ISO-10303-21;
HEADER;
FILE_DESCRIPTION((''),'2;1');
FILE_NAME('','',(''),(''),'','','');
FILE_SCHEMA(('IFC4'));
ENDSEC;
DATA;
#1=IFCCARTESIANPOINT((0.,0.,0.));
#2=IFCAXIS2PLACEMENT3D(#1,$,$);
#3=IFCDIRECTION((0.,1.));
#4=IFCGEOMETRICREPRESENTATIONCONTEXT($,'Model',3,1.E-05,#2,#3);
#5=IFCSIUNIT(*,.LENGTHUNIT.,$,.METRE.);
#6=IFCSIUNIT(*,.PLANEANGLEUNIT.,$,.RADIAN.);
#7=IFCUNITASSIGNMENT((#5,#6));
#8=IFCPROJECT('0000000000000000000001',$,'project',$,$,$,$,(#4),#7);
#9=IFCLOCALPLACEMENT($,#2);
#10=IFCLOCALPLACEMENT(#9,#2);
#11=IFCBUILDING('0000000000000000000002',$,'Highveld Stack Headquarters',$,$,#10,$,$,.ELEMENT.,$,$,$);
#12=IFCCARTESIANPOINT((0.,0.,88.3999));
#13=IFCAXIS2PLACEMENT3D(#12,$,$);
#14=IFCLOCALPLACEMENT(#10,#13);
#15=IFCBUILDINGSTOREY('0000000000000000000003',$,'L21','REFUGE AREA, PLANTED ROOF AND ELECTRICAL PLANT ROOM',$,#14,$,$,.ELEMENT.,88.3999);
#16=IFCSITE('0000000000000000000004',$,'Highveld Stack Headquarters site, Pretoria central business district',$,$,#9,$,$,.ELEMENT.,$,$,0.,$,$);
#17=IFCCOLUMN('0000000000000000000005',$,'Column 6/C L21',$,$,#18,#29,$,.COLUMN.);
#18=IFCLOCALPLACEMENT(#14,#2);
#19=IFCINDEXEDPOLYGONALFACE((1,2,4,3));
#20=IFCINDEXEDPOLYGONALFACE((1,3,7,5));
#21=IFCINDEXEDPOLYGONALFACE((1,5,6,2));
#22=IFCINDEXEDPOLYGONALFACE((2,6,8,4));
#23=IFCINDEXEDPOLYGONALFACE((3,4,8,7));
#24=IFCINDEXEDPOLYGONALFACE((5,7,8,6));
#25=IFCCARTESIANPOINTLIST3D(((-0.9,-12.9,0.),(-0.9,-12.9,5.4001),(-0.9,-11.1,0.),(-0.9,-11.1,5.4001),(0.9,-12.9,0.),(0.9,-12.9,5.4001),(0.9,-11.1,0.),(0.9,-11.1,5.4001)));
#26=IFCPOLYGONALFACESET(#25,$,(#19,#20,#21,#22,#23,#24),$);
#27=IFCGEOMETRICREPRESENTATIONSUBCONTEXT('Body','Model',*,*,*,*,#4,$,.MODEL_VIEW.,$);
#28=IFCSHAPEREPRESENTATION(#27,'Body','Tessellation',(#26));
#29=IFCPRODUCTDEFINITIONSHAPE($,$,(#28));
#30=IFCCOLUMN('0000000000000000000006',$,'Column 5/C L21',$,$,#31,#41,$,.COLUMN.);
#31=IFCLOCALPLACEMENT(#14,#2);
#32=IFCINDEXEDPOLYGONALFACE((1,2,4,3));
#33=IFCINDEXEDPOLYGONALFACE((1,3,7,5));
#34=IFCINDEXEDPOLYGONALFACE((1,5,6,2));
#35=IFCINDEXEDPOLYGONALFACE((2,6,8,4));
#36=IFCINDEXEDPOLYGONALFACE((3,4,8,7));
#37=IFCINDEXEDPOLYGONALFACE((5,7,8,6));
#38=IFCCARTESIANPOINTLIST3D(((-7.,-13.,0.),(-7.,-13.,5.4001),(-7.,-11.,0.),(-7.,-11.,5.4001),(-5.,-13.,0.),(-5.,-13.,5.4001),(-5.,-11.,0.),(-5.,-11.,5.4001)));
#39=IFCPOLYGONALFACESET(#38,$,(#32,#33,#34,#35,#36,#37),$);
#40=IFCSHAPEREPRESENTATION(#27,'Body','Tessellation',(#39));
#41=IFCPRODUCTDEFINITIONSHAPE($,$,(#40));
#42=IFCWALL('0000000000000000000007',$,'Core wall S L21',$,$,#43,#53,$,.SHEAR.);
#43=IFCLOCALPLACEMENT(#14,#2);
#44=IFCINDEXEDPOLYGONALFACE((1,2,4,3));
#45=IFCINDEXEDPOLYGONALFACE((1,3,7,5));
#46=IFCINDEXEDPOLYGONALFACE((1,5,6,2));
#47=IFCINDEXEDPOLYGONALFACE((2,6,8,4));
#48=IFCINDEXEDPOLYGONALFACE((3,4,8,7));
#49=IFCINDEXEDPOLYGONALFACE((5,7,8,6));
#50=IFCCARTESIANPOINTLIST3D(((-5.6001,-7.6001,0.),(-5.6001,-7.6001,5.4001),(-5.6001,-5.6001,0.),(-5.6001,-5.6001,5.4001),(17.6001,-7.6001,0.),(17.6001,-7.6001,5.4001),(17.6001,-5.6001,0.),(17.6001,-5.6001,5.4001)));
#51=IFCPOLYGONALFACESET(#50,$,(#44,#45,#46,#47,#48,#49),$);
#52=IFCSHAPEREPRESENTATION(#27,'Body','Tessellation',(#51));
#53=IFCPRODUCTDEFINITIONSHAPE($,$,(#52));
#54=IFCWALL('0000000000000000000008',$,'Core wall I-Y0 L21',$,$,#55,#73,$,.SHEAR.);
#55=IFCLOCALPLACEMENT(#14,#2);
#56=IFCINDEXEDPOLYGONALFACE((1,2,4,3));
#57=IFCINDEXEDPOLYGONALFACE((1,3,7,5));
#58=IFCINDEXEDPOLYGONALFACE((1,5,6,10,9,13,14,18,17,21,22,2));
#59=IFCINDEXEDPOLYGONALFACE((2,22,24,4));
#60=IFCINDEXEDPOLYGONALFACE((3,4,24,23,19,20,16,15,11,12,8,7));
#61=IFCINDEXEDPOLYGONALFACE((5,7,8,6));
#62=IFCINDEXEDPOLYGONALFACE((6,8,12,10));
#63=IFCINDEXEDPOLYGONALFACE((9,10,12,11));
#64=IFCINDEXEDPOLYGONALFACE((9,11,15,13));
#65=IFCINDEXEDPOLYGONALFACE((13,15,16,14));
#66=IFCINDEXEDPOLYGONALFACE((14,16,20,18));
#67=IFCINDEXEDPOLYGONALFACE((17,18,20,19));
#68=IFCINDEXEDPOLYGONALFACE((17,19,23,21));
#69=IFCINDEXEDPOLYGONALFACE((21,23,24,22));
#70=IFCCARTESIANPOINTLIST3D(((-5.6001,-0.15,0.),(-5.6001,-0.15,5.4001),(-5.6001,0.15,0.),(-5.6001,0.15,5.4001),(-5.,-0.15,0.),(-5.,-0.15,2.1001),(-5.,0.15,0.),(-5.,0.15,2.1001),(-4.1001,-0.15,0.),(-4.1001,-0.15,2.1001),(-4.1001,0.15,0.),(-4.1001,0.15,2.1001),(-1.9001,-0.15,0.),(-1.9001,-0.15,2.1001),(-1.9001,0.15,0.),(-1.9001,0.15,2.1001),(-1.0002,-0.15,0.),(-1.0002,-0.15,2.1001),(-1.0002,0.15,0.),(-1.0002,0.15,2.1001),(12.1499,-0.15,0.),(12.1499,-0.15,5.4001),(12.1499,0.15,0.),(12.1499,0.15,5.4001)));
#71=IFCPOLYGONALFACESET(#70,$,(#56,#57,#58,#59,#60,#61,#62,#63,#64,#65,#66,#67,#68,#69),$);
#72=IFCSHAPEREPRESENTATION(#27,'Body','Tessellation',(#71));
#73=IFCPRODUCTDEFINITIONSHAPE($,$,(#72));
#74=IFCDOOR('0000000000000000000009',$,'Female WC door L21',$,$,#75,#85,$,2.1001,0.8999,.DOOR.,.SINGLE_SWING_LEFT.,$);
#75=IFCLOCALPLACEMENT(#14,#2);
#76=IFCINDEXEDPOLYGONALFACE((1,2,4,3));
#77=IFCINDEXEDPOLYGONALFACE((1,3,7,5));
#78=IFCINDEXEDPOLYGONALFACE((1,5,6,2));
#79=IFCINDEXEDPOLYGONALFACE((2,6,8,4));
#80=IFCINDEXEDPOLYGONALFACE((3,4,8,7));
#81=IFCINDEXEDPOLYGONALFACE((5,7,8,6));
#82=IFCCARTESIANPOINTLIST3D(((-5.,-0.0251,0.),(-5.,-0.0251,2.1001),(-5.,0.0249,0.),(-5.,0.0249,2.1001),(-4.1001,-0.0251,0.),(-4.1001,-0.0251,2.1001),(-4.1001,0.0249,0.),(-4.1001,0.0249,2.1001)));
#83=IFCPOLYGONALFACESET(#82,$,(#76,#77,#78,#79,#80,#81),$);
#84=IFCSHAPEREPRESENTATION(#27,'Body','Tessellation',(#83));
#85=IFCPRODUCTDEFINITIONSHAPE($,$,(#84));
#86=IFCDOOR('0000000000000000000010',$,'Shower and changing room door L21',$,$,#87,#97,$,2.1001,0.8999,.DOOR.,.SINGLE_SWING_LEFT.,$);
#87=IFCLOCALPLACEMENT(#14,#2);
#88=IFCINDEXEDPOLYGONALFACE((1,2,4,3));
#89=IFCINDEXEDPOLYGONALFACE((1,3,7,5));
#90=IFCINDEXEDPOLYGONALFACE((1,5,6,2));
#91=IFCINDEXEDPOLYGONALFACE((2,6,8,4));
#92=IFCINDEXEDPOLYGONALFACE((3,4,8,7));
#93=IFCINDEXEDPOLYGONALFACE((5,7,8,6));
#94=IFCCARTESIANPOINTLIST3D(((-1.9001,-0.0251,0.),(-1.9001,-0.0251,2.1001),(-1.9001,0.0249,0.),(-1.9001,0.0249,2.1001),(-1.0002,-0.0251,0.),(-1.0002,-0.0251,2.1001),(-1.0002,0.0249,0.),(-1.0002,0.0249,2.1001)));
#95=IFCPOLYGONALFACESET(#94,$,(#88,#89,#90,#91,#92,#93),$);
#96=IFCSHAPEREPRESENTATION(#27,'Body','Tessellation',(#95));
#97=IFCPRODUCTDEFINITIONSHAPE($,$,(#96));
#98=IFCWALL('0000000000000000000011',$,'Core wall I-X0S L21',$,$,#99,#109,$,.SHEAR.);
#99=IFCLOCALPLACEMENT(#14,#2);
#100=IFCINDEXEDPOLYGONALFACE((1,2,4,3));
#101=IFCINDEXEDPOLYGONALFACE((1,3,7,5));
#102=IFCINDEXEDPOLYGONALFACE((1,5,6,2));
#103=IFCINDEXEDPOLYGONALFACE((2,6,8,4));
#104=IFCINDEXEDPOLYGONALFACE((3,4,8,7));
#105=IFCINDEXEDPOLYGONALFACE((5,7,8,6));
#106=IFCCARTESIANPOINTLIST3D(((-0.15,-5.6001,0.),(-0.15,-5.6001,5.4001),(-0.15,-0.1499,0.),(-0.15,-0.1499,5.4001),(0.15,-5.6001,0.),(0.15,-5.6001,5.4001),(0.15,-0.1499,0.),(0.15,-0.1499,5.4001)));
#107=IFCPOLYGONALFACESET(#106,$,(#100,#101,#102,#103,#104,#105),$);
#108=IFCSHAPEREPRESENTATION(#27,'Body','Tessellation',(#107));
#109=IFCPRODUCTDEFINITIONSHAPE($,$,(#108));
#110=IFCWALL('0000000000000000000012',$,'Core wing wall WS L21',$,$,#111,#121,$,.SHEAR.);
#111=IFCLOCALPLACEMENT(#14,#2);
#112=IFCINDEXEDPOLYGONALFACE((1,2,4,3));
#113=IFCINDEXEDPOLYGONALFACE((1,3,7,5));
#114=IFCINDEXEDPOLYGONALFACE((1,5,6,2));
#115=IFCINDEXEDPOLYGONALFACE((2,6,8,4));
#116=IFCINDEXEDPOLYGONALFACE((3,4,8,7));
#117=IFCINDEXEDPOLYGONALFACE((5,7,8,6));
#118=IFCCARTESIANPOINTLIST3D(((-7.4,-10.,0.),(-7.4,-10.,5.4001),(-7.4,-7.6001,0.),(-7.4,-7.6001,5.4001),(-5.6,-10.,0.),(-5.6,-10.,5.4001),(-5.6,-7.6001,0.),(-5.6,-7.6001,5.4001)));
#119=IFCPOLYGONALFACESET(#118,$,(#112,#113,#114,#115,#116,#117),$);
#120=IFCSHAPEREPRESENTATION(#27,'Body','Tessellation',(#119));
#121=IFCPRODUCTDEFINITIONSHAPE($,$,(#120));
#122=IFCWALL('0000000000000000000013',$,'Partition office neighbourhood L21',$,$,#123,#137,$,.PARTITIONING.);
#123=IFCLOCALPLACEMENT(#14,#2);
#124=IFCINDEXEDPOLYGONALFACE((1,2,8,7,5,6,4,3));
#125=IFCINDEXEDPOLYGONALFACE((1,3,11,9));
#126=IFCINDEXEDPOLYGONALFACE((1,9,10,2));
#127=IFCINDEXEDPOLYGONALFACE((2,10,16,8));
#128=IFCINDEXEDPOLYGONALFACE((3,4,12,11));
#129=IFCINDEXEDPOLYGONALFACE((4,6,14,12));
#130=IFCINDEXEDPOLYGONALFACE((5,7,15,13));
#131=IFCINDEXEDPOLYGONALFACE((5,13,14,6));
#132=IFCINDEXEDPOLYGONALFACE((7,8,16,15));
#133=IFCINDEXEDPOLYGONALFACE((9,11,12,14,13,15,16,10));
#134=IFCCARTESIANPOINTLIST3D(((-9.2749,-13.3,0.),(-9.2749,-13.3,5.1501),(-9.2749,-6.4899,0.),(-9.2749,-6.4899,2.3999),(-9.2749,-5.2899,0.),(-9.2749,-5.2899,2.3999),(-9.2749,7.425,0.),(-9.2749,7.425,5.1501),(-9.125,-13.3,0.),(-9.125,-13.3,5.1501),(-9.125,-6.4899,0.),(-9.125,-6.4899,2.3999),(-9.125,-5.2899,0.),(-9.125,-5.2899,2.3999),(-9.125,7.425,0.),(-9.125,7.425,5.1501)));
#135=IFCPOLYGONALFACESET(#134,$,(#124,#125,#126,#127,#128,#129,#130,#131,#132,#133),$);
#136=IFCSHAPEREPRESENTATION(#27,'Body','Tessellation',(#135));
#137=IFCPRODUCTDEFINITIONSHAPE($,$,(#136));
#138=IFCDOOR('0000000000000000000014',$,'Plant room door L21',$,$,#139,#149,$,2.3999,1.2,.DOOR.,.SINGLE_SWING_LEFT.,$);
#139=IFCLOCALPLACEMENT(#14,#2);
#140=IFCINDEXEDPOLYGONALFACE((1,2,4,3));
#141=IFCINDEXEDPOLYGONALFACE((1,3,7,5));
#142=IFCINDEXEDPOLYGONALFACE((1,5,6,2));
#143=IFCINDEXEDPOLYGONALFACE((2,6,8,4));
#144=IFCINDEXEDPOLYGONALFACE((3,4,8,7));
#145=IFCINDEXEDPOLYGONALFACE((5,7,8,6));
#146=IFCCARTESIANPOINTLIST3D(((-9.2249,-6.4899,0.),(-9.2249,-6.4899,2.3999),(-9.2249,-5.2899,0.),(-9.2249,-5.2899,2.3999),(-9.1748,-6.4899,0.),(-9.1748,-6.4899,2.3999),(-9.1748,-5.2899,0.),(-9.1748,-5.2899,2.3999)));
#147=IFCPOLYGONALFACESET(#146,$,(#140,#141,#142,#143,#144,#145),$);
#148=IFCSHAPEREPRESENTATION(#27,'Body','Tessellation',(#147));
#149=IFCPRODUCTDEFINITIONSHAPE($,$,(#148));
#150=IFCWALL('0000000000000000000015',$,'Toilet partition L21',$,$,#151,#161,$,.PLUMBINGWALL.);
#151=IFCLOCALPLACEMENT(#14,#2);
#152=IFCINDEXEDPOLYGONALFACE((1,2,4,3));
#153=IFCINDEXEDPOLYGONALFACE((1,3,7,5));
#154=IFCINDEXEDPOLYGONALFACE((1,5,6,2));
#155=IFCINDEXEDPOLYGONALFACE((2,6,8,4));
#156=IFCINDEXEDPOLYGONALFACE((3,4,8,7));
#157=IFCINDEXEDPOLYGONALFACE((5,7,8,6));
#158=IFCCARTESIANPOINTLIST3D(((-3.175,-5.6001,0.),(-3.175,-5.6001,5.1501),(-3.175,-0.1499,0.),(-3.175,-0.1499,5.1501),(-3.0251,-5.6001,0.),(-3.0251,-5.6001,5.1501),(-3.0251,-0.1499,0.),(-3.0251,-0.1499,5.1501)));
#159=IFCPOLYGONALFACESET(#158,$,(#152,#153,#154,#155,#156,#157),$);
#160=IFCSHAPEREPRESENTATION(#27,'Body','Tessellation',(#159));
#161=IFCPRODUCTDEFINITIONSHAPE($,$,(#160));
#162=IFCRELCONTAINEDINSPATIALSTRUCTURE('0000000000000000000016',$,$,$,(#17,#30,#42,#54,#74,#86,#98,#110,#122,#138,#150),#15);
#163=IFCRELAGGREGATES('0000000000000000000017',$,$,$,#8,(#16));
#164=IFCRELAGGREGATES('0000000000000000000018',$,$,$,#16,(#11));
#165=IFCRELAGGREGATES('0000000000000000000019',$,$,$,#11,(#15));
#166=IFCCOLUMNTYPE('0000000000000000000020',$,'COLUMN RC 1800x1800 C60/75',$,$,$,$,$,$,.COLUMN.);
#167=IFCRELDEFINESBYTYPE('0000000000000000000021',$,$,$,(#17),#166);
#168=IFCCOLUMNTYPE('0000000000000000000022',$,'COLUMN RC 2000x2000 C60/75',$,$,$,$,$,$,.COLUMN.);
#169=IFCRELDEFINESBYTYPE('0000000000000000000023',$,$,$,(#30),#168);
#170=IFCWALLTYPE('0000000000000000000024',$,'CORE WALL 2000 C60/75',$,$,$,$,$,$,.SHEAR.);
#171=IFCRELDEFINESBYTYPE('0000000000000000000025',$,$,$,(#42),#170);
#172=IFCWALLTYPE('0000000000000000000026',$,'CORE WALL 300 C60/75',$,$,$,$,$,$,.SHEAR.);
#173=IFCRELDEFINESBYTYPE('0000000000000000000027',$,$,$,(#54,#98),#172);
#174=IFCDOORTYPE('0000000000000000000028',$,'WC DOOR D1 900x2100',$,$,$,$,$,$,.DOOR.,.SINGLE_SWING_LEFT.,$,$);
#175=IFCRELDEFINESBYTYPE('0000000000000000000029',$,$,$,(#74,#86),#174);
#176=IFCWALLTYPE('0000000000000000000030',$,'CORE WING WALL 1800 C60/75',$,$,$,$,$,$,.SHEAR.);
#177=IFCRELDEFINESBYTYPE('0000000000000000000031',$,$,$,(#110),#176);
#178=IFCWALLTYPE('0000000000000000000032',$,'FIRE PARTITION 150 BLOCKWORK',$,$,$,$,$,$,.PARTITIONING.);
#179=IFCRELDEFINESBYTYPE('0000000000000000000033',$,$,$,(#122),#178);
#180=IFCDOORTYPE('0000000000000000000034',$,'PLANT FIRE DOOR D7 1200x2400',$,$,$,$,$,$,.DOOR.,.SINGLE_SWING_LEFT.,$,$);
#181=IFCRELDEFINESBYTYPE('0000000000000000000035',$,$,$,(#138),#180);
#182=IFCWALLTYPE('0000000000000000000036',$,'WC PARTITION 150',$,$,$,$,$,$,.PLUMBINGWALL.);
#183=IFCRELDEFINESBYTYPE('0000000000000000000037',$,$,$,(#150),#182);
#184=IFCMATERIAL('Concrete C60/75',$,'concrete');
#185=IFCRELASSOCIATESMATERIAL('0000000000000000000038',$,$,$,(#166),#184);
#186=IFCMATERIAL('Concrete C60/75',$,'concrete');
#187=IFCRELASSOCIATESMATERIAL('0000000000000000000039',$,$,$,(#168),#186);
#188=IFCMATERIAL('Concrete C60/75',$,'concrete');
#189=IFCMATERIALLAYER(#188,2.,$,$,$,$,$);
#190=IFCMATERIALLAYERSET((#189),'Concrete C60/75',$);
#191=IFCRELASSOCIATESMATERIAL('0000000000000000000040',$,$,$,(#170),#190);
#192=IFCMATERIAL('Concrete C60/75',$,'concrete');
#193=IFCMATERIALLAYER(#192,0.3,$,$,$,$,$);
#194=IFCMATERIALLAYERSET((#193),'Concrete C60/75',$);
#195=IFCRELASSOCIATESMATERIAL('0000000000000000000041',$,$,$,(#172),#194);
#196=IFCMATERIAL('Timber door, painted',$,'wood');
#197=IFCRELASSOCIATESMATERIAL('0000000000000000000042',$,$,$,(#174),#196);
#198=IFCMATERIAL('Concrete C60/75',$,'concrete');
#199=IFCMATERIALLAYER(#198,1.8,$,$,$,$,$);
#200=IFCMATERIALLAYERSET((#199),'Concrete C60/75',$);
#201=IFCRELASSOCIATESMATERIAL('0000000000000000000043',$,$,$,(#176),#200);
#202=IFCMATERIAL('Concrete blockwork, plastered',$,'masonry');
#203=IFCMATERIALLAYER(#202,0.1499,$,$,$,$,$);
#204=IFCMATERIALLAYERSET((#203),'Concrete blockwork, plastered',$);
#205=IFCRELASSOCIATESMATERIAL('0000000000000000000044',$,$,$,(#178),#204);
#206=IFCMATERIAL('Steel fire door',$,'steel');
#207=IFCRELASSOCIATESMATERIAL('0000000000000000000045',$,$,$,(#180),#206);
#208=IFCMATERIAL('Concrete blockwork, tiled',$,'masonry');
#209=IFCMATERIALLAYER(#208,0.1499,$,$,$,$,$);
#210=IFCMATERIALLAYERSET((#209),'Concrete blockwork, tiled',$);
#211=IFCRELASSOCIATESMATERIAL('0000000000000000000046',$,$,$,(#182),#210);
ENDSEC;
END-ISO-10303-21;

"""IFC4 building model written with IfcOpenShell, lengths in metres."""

from ifc_helpers import new_model, si_unit, direction, frame, frame_2d, origin, origin_2d, place, context, subcontext, project, spatial, rectangle, extrude, material, layer, layer_set, material_profile, profile_set, type_object, element, fill, save


model = new_model("IFC4")

# Units and contexts
model_context = context("Model", 3, precision=1e-05, world=origin(), true_north=direction((0.0, 1.0)))
body_context = subcontext(model_context, "Body", "Model", "MODEL_VIEW")
ifc_project = project(units=[si_unit("LENGTHUNIT", "METRE"), si_unit("PLANEANGLEUNIT", "RADIAN")], contexts=[model_context])

# Site, building, storey
site_placement = place(None, origin())
site = spatial("IfcSite", under=ifc_project, at=site_placement, Name="Highveld Stack Headquarters site, Pretoria central business district", CompositionType="ELEMENT", RefElevation=0.0)
building_placement = place(site_placement, origin())
building = spatial("IfcBuilding", under=site, at=building_placement, Name="Highveld Stack Headquarters", CompositionType="ELEMENT")
storey_placement = place(building_placement, frame((0.0, 0.0, 88.3999)))
storey = spatial("IfcBuildingStorey", under=building, at=storey_placement, Name="L21", Description="REFUGE AREA, PLANTED ROOF AND ELECTRICAL PLANT ROOM", CompositionType="ELEMENT", Elevation=88.3999)

# Columns
ifc_material_1 = material(Name="Concrete C60/75", Category="concrete")
ifc_material_profile_1 = material_profile(ifc_material_1, rectangle(XDim=1.8, YDim=1.8, at=origin_2d()), Name="RC 1800x1800")
ifc_profile_set_1 = profile_set([ifc_material_profile_1], Name="Concrete C60/75")
column_type_1 = type_object("IfcColumnType", Name="COLUMN RC 1800x1800 C60/75", PredefinedType="COLUMN", material=ifc_profile_set_1)
column_1_placement = place(storey_placement, frame((0.0, -12.0, 0.0), z_axis=(0.0, 0.0, 1.0), x_axis=(1.0, 0.0, 0.0)))
element("IfcColumn", 1, at=column_1_placement, inside=storey, type_object=column_type_1, Name="Column 6/C L21", PredefinedType="COLUMN", context=body_context, shape_type="SweptSolid", body=[
    extrude(rectangle(XDim=1.8, YDim=1.8, at=origin_2d()), origin(), (0.0, 0.0, 1.0), 5.4001),
])
ifc_material_2 = material(Name="Concrete C60/75", Category="concrete")
ifc_material_profile_2 = material_profile(ifc_material_2, rectangle(XDim=2.0, YDim=2.0, at=origin_2d()), Name="RC 2000x2000")
ifc_profile_set_2 = profile_set([ifc_material_profile_2], Name="Concrete C60/75")
column_type_2 = type_object("IfcColumnType", Name="COLUMN RC 2000x2000 C60/75", PredefinedType="COLUMN", material=ifc_profile_set_2)
column_2_placement = place(storey_placement, frame((-6.0, -12.0, 0.0), z_axis=(0.0, 0.0, 1.0), x_axis=(1.0, 0.0, 0.0)))
element("IfcColumn", 2, at=column_2_placement, inside=storey, type_object=column_type_2, Name="Column 5/C L21", PredefinedType="COLUMN", context=body_context, shape_type="SweptSolid", body=[
    extrude(rectangle(XDim=2.0, YDim=2.0, at=origin_2d()), origin(), (0.0, 0.0, 1.0), 5.4001),
])

# Wall
ifc_material_3 = material(Name="Concrete C60/75", Category="concrete")
ifc_layer_1 = layer(ifc_material_3, 2.0)
ifc_layer_set_1 = layer_set([ifc_layer_1], Name="Concrete C60/75")
wall_type_1 = type_object("IfcWallType", Name="CORE WALL 2000 C60/75", PredefinedType="SHEAR", material=ifc_layer_set_1)
wall_1_placement = place(storey_placement, frame((-5.6001, -6.6001, 0.0), z_axis=(0.0, 0.0, 1.0), x_axis=(1.0, 0.0, 0.0)))
element("IfcWall", 3, at=wall_1_placement, inside=storey, type_object=wall_type_1, Name="Core wall S L21", PredefinedType="SHEAR", context=body_context, shape_type="SweptSolid", body=[
    extrude(rectangle(XDim=23.2002, YDim=2.0, at=frame_2d((11.6001, 0.0))), origin(), (0.0, 0.0, 1.0), 5.4001),
])

# Wall, openings, doors
ifc_material_4 = material(Name="Concrete C60/75", Category="concrete")
ifc_layer_2 = layer(ifc_material_4, 0.3)
ifc_layer_set_2 = layer_set([ifc_layer_2], Name="Concrete C60/75")
wall_type_2 = type_object("IfcWallType", Name="CORE WALL 300 C60/75", PredefinedType="SHEAR", material=ifc_layer_set_2)
wall_2_placement = place(storey_placement, frame((-5.6001, 0.0, 0.0), z_axis=(0.0, 0.0, 1.0), x_axis=(1.0, 0.0, 0.0)))
wall_2 = element("IfcWall", 4, at=wall_2_placement, inside=storey, type_object=wall_type_2, Name="Core wall I-Y0 L21", PredefinedType="SHEAR", context=body_context, shape_type="SweptSolid", body=[
    extrude(rectangle(XDim=17.75, YDim=0.3, at=frame_2d((8.875, 0.0))), origin(), (0.0, 0.0, 1.0), 5.4001),
])
opening_1_placement = place(wall_2_placement, frame((0.6001, 0.0, 0.0)))
opening_1 = element("IfcOpeningElement", 5, at=opening_1_placement, cuts=wall_2, PredefinedType="OPENING", context=body_context, shape_type="SweptSolid", body=[
    extrude(rectangle(XDim=0.8999, YDim=2.1001, at=frame_2d((0.45, 1.05))), frame((0.0, 0.1599, 0.0), z_axis=(0.0, -1.0, 0.0), x_axis=(1.0, 0.0, 0.0)), (0.0, 0.0, 1.0), 0.3201),
])
opening_2_placement = place(wall_2_placement, frame((3.7, 0.0, 0.0)))
opening_2 = element("IfcOpeningElement", 6, at=opening_2_placement, cuts=wall_2, PredefinedType="OPENING", context=body_context, shape_type="SweptSolid", body=[
    extrude(rectangle(XDim=0.8999, YDim=2.1001, at=frame_2d((0.45, 1.05))), frame((0.0, 0.1599, 0.0), z_axis=(0.0, -1.0, 0.0), x_axis=(1.0, 0.0, 0.0)), (0.0, 0.0, 1.0), 0.3201),
])
ifc_material_5 = material(Name="Timber door, painted", Category="wood")
door_type_1 = type_object("IfcDoorType", Name="WC DOOR D1 900x2100", OperationType="SINGLE_SWING_LEFT", PredefinedType="DOOR", material=ifc_material_5)
door_1_placement = place(opening_1_placement, origin())
door_1 = element("IfcDoor", 7, at=door_1_placement, inside=storey, type_object=door_type_1, Name="Female WC door L21", OperationType="SINGLE_SWING_LEFT", OverallHeight=2.1001, OverallWidth=0.8999, PredefinedType="DOOR", context=body_context, shape_type="SweptSolid", body=[
    extrude(rectangle(XDim=0.8999, YDim=2.1001, at=frame_2d((0.45, 1.05))), frame((0.0, 0.0249, 0.0), z_axis=(0.0, -1.0, 0.0), x_axis=(1.0, 0.0, 0.0)), (0.0, 0.0, 1.0), 0.05),
])
fill(opening_1, door_1)
door_2_placement = place(opening_2_placement, origin())
door_2 = element("IfcDoor", 8, at=door_2_placement, inside=storey, type_object=door_type_1, Name="Shower and changing room door L21", OperationType="SINGLE_SWING_LEFT", OverallHeight=2.1001, OverallWidth=0.8999, PredefinedType="DOOR", context=body_context, shape_type="SweptSolid", body=[
    extrude(rectangle(XDim=0.8999, YDim=2.1001, at=frame_2d((0.45, 1.05))), frame((0.0, 0.0249, 0.0), z_axis=(0.0, -1.0, 0.0), x_axis=(1.0, 0.0, 0.0)), (0.0, 0.0, 1.0), 0.05),
])
fill(opening_2, door_2)

# Walls
wall_3_placement = place(storey_placement, frame((0.0, -5.6001, 0.0), z_axis=(0.0, 0.0, 1.0), x_axis=(0.0, 1.0, 0.0)))
element("IfcWall", 9, at=wall_3_placement, inside=storey, type_object=wall_type_2, Name="Core wall I-X0S L21", PredefinedType="SHEAR", context=body_context, shape_type="SweptSolid", body=[
    extrude(rectangle(XDim=5.4502, YDim=0.3, at=frame_2d((2.7251, 0.0))), origin(), (0.0, 0.0, 1.0), 5.4001),
])
ifc_material_6 = material(Name="Concrete C60/75", Category="concrete")
ifc_layer_3 = layer(ifc_material_6, 1.8)
ifc_layer_set_3 = layer_set([ifc_layer_3], Name="Concrete C60/75")
wall_type_3 = type_object("IfcWallType", Name="CORE WING WALL 1800 C60/75", PredefinedType="SHEAR", material=ifc_layer_set_3)
wall_4_placement = place(storey_placement, frame((-6.5, -10.0, 0.0), z_axis=(0.0, 0.0, 1.0), x_axis=(0.0, 1.0, 0.0)))
element("IfcWall", 10, at=wall_4_placement, inside=storey, type_object=wall_type_3, Name="Core wing wall WS L21", PredefinedType="SHEAR", context=body_context, shape_type="SweptSolid", body=[
    extrude(rectangle(XDim=2.3999, YDim=1.8, at=frame_2d((1.2, 0.0))), origin(), (0.0, 0.0, 1.0), 5.4001),
])

# Wall, opening, door
ifc_material_7 = material(Name="Concrete blockwork, plastered", Category="masonry")
ifc_layer_4 = layer(ifc_material_7, 0.1499)
ifc_layer_set_4 = layer_set([ifc_layer_4], Name="Concrete blockwork, plastered")
wall_type_4 = type_object("IfcWallType", Name="FIRE PARTITION 150 BLOCKWORK", PredefinedType="PARTITIONING", material=ifc_layer_set_4)
wall_5_placement = place(storey_placement, frame((-9.2, -13.3, 0.0), z_axis=(0.0, 0.0, 1.0), x_axis=(0.0, 1.0, 0.0)))
wall_5 = element("IfcWall", 11, at=wall_5_placement, inside=storey, type_object=wall_type_4, Name="Partition office neighbourhood L21", PredefinedType="PARTITIONING", context=body_context, shape_type="SweptSolid", body=[
    extrude(rectangle(XDim=20.7251, YDim=0.1499, at=frame_2d((10.3625, 0.0))), origin(), (0.0, 0.0, 1.0), 5.1501),
])
opening_3_placement = place(wall_5_placement, frame((6.8101, 0.0, 0.0)))
opening_3 = element("IfcOpeningElement", 12, at=opening_3_placement, cuts=wall_5, PredefinedType="OPENING", context=body_context, shape_type="SweptSolid", body=[
    extrude(rectangle(XDim=1.2, YDim=2.3999, at=frame_2d((0.6001, 1.2))), frame((0.0, 0.085, 0.0), z_axis=(0.0, -1.0, 0.0), x_axis=(1.0, 0.0, 0.0)), (0.0, 0.0, 1.0), 0.1699),
])
ifc_material_8 = material(Name="Steel fire door", Category="steel")
door_type_2 = type_object("IfcDoorType", Name="PLANT FIRE DOOR D7 1200x2400", OperationType="SINGLE_SWING_LEFT", PredefinedType="DOOR", material=ifc_material_8)
door_3_placement = place(opening_3_placement, origin())
door_3 = element("IfcDoor", 13, at=door_3_placement, inside=storey, type_object=door_type_2, Name="Plant room door L21", OperationType="SINGLE_SWING_LEFT", OverallHeight=2.3999, OverallWidth=1.2, PredefinedType="DOOR", context=body_context, shape_type="SweptSolid", body=[
    extrude(rectangle(XDim=1.2, YDim=2.3999, at=frame_2d((0.6001, 1.2))), frame((0.0, 0.0249, 0.0), z_axis=(0.0, -1.0, 0.0), x_axis=(1.0, 0.0, 0.0)), (0.0, 0.0, 1.0), 0.05),
])
fill(opening_3, door_3)

# Wall
ifc_material_9 = material(Name="Concrete blockwork, tiled", Category="masonry")
ifc_layer_5 = layer(ifc_material_9, 0.1499)
ifc_layer_set_5 = layer_set([ifc_layer_5], Name="Concrete blockwork, tiled")
wall_type_5 = type_object("IfcWallType", Name="WC PARTITION 150", PredefinedType="PLUMBINGWALL", material=ifc_layer_set_5)
wall_6_placement = place(storey_placement, frame((-3.1001, -5.6001, 0.0), z_axis=(0.0, 0.0, 1.0), x_axis=(0.0, 1.0, 0.0)))
element("IfcWall", 14, at=wall_6_placement, inside=storey, type_object=wall_type_5, Name="Toilet partition L21", PredefinedType="PLUMBINGWALL", context=body_context, shape_type="SweptSolid", body=[
    extrude(rectangle(XDim=5.4502, YDim=0.1499, at=frame_2d((2.7251, 0.0))), origin(), (0.0, 0.0, 1.0), 5.1501),
])

save(model, "model.ifc")
